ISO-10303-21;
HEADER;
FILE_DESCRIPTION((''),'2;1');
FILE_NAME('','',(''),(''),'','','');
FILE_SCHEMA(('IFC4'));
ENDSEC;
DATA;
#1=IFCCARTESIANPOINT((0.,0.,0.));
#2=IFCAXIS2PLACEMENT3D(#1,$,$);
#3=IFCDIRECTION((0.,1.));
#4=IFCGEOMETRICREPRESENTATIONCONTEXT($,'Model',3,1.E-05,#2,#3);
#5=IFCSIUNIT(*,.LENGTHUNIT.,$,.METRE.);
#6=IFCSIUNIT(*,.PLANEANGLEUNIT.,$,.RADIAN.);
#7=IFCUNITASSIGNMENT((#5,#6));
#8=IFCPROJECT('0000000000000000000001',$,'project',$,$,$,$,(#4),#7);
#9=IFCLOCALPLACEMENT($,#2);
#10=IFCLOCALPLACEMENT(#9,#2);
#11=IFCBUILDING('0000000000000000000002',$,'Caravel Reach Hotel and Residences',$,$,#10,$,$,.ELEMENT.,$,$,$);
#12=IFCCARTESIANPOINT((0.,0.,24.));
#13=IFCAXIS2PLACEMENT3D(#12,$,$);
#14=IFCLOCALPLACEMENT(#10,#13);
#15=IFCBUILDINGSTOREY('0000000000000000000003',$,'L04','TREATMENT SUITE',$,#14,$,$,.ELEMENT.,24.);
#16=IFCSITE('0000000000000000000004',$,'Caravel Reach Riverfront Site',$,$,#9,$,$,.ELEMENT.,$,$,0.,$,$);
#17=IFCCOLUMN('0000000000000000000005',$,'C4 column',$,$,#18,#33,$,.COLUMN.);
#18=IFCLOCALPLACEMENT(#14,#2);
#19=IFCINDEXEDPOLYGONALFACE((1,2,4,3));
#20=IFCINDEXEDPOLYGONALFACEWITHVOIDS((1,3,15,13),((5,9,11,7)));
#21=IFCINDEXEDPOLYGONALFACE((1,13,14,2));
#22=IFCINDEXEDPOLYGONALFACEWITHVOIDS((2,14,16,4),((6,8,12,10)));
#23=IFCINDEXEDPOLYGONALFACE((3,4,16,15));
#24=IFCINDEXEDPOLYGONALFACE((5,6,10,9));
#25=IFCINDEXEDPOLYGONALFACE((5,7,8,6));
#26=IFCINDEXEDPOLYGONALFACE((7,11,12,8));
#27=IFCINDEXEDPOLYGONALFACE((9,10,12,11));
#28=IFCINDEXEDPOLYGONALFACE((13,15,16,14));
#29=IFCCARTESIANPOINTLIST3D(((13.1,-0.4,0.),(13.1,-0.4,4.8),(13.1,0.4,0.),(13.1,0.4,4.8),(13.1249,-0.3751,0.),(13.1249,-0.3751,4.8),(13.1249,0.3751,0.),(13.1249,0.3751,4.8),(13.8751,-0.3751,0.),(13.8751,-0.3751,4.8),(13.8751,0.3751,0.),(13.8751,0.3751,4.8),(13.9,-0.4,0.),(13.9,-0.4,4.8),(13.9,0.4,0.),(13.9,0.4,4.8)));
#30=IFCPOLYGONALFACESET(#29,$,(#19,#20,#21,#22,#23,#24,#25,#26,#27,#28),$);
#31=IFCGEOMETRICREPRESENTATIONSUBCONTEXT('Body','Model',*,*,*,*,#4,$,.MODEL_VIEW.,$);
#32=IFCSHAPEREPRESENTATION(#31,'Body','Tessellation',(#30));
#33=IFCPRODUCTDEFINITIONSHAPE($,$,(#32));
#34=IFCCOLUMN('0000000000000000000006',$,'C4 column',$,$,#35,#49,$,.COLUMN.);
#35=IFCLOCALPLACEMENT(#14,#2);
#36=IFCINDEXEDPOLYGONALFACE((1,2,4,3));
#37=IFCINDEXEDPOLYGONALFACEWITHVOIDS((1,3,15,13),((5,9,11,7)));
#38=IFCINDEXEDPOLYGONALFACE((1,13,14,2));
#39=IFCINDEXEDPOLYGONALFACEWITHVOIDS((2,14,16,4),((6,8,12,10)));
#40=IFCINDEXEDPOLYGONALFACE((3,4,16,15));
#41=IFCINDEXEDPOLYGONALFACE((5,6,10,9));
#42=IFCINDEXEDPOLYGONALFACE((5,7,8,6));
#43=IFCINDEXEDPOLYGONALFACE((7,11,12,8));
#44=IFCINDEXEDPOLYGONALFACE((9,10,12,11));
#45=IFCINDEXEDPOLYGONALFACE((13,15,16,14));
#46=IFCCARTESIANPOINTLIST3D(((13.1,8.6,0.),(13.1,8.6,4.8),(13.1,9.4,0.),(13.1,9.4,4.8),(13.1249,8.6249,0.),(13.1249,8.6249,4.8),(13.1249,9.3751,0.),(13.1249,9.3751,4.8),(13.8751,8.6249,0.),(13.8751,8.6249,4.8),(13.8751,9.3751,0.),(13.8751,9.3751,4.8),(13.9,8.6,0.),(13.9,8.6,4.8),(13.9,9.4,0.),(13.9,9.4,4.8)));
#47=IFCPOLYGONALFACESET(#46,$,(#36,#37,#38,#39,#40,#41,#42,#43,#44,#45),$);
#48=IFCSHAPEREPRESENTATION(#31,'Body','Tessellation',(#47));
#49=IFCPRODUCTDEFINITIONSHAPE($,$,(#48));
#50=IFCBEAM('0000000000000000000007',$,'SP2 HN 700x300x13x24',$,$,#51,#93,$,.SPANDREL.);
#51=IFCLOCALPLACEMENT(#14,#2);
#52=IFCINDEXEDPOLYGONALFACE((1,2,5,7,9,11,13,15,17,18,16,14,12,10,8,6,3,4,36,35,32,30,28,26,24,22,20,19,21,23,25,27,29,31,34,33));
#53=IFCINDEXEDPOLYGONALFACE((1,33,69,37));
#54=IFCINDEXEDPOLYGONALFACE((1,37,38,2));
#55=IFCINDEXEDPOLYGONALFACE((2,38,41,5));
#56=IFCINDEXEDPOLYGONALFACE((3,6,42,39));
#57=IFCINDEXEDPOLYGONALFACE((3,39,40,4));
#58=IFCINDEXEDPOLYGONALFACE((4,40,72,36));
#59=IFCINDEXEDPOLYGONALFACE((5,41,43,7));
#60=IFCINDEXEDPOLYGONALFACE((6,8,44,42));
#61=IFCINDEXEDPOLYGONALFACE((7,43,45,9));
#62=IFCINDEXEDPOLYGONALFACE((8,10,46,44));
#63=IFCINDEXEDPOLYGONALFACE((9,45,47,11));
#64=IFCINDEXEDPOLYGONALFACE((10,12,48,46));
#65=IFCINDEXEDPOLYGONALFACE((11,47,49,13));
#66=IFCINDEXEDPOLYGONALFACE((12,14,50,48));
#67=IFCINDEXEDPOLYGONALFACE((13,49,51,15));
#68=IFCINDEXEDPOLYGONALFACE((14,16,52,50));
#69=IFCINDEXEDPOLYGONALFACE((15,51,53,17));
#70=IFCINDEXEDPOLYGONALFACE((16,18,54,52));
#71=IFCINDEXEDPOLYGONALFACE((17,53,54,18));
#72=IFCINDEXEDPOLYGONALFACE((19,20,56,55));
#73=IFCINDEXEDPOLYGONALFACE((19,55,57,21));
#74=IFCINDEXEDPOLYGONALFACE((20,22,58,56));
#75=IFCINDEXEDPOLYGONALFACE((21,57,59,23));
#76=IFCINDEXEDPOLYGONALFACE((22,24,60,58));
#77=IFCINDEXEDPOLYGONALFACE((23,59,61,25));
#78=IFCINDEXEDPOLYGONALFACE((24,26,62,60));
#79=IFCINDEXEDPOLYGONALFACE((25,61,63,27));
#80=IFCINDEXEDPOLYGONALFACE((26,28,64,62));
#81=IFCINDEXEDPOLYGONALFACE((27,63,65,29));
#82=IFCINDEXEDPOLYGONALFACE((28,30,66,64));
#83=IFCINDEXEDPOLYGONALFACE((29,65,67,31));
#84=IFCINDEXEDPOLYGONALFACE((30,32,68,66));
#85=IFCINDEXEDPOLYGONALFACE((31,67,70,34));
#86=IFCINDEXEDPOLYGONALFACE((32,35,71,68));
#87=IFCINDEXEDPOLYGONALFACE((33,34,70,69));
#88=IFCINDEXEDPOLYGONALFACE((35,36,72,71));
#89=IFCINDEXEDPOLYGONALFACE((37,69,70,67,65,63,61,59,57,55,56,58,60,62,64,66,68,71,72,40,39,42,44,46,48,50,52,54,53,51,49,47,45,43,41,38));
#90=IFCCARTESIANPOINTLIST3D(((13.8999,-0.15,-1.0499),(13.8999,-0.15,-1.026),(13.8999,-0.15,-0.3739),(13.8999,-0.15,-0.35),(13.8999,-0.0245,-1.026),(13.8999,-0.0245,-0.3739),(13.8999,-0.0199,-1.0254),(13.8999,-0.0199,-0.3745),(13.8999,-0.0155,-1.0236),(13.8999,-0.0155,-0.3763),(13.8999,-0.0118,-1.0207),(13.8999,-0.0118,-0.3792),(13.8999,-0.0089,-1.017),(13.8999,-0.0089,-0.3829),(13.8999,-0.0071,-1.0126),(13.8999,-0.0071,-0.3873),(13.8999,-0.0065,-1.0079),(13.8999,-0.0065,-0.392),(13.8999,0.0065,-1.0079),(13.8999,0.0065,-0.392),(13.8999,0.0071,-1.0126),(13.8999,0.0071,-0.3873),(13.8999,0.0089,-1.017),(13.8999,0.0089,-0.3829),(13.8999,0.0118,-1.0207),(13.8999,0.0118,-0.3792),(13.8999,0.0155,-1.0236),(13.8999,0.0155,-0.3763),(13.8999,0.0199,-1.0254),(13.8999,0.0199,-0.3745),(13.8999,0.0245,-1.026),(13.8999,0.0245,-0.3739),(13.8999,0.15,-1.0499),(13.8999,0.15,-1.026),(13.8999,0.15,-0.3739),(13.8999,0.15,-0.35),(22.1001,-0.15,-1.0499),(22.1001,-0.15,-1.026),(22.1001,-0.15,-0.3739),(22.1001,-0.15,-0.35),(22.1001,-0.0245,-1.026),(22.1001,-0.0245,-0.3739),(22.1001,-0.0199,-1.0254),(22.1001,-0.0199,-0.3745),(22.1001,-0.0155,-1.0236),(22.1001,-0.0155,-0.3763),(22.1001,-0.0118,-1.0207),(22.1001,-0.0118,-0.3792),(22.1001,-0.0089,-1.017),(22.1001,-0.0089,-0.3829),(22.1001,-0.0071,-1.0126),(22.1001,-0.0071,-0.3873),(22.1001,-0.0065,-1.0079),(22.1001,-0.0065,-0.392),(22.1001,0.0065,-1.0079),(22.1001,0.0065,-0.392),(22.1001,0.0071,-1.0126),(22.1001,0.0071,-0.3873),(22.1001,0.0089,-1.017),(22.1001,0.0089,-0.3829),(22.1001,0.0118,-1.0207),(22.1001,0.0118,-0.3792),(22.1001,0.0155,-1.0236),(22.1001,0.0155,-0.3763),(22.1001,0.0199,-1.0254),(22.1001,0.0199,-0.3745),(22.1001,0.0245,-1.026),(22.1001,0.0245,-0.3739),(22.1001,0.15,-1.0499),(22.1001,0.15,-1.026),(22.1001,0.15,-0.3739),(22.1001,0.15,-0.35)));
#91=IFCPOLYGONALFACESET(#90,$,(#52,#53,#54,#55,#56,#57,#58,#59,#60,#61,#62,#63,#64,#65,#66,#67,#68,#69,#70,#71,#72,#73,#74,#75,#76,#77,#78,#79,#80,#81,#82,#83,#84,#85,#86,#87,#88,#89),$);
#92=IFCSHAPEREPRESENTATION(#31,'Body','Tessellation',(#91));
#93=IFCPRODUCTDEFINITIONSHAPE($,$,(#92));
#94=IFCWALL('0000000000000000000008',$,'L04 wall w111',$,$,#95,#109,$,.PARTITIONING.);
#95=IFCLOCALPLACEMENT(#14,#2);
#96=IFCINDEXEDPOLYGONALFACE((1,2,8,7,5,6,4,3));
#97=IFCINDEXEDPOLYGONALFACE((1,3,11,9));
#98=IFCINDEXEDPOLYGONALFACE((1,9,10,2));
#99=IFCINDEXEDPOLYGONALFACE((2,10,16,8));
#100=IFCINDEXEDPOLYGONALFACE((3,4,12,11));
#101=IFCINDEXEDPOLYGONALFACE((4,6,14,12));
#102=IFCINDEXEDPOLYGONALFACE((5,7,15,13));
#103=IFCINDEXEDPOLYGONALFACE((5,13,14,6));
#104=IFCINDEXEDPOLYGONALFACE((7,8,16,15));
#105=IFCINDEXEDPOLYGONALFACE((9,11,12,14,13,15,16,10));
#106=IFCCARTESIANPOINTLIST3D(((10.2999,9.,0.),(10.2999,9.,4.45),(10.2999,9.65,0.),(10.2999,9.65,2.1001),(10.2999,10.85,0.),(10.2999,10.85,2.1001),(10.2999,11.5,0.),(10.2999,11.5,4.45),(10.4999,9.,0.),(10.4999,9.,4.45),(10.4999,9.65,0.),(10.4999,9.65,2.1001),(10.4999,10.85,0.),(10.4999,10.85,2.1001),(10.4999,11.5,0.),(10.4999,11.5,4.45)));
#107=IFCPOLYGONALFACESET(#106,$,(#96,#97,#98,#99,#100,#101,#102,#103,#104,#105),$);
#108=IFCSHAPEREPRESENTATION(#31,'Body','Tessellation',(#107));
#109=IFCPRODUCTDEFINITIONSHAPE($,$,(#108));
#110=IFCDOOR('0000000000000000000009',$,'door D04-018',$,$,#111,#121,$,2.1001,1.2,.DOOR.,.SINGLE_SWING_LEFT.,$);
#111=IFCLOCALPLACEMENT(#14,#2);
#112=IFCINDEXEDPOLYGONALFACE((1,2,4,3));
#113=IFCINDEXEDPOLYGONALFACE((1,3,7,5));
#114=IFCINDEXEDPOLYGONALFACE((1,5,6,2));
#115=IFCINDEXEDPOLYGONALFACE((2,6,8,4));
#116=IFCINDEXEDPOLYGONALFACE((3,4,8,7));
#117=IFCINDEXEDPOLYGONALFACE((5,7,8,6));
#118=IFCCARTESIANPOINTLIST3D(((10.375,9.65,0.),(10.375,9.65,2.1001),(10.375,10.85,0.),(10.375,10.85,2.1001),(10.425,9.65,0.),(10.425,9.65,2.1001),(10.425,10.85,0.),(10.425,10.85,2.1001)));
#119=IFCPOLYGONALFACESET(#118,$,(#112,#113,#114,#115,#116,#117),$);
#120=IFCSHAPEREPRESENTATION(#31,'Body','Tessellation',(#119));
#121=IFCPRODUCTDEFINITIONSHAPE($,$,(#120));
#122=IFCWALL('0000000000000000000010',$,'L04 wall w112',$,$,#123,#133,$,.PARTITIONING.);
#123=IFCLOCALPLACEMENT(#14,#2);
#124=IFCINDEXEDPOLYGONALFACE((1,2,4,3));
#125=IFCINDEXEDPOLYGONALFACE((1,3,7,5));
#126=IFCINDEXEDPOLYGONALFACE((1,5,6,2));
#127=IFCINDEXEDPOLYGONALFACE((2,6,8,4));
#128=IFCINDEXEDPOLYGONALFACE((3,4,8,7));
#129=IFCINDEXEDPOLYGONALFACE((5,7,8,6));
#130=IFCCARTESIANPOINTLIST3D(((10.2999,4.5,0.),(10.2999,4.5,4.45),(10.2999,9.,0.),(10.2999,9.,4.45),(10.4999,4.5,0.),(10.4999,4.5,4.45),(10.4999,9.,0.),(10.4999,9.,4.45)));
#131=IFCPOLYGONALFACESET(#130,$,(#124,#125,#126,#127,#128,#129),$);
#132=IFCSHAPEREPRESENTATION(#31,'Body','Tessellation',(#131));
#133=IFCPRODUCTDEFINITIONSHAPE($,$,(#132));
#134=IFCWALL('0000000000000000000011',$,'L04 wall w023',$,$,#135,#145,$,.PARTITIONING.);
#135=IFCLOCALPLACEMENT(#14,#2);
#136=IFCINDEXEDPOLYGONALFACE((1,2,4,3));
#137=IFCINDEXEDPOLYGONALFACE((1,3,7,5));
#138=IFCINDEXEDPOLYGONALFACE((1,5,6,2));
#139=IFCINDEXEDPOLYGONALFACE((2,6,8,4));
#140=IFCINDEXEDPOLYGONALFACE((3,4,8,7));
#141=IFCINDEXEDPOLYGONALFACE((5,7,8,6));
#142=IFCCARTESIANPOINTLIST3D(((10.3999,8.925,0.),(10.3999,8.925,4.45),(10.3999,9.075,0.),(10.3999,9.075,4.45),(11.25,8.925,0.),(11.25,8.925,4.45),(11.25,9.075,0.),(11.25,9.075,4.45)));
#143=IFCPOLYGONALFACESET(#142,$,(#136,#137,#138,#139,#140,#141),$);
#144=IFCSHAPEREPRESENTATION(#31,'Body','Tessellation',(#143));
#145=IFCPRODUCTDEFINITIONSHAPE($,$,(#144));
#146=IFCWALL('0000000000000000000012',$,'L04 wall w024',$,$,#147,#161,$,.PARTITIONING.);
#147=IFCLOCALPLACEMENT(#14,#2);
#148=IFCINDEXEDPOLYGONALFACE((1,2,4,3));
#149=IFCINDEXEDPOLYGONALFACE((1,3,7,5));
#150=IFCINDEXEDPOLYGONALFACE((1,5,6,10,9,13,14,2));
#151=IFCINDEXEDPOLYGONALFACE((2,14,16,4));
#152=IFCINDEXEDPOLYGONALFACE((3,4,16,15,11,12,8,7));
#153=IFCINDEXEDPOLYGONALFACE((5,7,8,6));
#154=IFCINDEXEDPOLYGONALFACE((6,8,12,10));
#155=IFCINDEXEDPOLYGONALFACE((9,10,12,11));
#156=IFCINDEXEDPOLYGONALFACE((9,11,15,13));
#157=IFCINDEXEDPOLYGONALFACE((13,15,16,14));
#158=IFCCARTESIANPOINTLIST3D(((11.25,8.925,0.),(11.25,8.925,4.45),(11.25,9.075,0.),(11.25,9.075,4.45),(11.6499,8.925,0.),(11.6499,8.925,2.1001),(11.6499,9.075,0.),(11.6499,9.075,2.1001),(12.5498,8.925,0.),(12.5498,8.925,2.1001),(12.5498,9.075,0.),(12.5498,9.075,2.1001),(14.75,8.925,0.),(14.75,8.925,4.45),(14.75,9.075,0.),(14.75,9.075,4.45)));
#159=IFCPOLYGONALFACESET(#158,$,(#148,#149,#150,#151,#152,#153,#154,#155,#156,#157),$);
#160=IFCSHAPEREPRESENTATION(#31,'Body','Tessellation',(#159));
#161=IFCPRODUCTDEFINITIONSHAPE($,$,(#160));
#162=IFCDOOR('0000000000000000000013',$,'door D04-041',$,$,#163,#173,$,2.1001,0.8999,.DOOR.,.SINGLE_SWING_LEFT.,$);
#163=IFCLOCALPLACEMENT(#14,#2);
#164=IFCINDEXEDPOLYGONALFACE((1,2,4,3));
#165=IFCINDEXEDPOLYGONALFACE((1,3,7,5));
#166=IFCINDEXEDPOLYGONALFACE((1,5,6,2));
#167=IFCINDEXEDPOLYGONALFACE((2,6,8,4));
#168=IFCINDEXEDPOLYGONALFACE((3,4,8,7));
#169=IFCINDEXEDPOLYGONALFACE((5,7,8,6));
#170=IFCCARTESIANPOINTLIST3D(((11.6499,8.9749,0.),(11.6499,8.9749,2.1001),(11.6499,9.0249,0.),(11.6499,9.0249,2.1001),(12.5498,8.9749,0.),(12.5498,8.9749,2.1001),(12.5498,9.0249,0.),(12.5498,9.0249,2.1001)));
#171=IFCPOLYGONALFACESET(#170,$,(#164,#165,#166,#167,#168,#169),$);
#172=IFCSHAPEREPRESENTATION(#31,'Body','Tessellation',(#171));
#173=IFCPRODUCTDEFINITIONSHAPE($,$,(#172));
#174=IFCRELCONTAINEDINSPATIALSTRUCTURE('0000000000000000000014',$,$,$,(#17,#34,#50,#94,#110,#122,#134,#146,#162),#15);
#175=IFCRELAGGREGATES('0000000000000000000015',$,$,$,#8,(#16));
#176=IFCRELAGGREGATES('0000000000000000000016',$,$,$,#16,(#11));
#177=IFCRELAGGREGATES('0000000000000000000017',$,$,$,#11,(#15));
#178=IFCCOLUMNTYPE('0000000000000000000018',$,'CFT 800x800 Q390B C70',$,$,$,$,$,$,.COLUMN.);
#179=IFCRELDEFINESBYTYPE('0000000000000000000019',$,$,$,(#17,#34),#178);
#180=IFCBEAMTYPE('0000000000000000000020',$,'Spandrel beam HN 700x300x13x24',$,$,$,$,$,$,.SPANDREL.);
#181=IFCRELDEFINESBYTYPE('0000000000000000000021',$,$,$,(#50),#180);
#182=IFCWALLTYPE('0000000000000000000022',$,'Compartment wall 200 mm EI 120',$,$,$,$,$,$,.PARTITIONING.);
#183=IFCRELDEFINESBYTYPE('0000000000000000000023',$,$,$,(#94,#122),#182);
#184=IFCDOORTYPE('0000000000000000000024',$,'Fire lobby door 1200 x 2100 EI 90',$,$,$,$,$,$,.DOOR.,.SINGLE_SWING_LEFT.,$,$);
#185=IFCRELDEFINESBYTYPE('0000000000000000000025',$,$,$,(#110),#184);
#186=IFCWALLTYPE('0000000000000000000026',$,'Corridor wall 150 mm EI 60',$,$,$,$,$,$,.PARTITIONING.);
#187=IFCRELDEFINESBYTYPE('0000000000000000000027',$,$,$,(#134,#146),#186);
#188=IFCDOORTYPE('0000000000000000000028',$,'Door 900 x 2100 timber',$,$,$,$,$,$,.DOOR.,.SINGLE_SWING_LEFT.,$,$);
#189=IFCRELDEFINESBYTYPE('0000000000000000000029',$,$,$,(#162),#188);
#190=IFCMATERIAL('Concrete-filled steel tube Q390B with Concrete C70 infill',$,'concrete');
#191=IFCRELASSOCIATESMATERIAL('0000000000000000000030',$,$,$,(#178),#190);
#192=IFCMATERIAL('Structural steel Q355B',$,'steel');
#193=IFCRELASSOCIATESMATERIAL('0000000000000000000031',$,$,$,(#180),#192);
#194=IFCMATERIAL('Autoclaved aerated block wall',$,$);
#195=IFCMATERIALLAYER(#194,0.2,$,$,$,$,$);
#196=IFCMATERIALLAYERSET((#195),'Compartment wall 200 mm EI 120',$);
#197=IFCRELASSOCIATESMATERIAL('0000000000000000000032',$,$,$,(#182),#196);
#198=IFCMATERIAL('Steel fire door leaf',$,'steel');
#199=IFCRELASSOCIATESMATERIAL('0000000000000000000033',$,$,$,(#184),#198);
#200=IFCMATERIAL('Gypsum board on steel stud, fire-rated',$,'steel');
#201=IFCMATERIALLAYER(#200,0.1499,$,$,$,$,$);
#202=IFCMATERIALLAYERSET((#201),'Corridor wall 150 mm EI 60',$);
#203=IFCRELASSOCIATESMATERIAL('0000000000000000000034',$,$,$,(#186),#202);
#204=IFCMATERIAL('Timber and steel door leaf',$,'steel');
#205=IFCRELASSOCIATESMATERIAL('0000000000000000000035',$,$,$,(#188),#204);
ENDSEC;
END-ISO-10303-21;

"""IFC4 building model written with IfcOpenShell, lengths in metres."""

from ifc_helpers import new_model, si_unit, direction, frame, frame_2d, origin, origin_2d, place, context, subcontext, project, spatial, rectangle, hollow_rectangle, i_section, extrude, material, layer, layer_set, material_profile, profile_set, type_object, element, fill, save


model = new_model("IFC4")

# Units and contexts
model_context = context("Model", 3, precision=1e-05, world=origin(), true_north=direction((0.0, 1.0)))
body_context = subcontext(model_context, "Body", "Model", "MODEL_VIEW")
ifc_project = project(units=[si_unit("LENGTHUNIT", "METRE"), si_unit("PLANEANGLEUNIT", "RADIAN")], contexts=[model_context])

# Site, building, storey
site_placement = place(None, origin())
site = spatial("IfcSite", under=ifc_project, at=site_placement, Name="Caravel Reach Riverfront Site", CompositionType="ELEMENT", RefElevation=0.0)
building_placement = place(site_placement, origin())
building = spatial("IfcBuilding", under=site, at=building_placement, Name="Caravel Reach Hotel and Residences", CompositionType="ELEMENT")
storey_placement = place(building_placement, frame((0.0, 0.0, 24.0)))
storey = spatial("IfcBuildingStorey", under=building, at=storey_placement, Name="L04", Description="TREATMENT SUITE", CompositionType="ELEMENT", Elevation=24.0)

# Columns
ifc_material_1 = material(Name="Concrete-filled steel tube Q390B with Concrete C70 infill", Category="concrete")
ifc_material_profile_1 = material_profile(ifc_material_1, hollow_rectangle(XDim=0.8, YDim=0.8, WallThickness=0.0249, at=origin_2d()), Name="RHS 800x800x25")
ifc_profile_set_1 = profile_set([ifc_material_profile_1], Name="Concrete-filled steel tube Q390B with Concrete C70 infill")
column_type = type_object("IfcColumnType", Name="CFT 800x800 Q390B C70", PredefinedType="COLUMN", material=ifc_profile_set_1)
for number, where, z_axis, x_axis, name in (
    (1, (13.5, 0.0, 0.0), (0.0, 0.0, 1.0), (1.0, 0.0, 0.0), "C4 column"),
    (2, (13.5, 9.0, 0.0), (0.0, 0.0, 1.0), (1.0, 0.0, 0.0), "C4 column"),
):
    element("IfcColumn", number, at=place(storey_placement, frame(where, z_axis=z_axis, x_axis=x_axis)), inside=storey, type_object=column_type, Name=name, PredefinedType="COLUMN", context=body_context, shape_type="SweptSolid", body=[
        extrude(hollow_rectangle(XDim=0.8, YDim=0.8, WallThickness=0.0249, at=origin_2d()), origin(), (0.0, 0.0, 1.0), 4.8),
    ])

# Beam
ifc_material_2 = material(Name="Structural steel Q355B", Category="steel")
ifc_material_profile_2 = material_profile(ifc_material_2, i_section(OverallWidth=0.3, OverallDepth=0.7, WebThickness=0.0129, FlangeThickness=0.0239, FilletRadius=0.0181, at=origin_2d()), Name="HN 700x300x13x24")
ifc_profile_set_2 = profile_set([ifc_material_profile_2], Name="Structural steel Q355B")
beam_type = type_object("IfcBeamType", Name="Spandrel beam HN 700x300x13x24", PredefinedType="SPANDREL", material=ifc_profile_set_2)
beam_placement = place(storey_placement, frame((13.8999, 0.0, -0.7), z_axis=(1.0, 0.0, 0.0), x_axis=(0.0, 1.0, 0.0)))
element("IfcBeam", 3, at=beam_placement, inside=storey, type_object=beam_type, Name="SP2 HN 700x300x13x24", PredefinedType="SPANDREL", context=body_context, shape_type="SweptSolid", body=[
    extrude(i_section(OverallWidth=0.3, OverallDepth=0.7, WebThickness=0.0129, FlangeThickness=0.0239, FilletRadius=0.0181, at=origin_2d()), origin(), (0.0, 0.0, 1.0), 8.2002),
])

# Wall, opening, door
ifc_material_3 = material(Name="Autoclaved aerated block wall")
ifc_layer_1 = layer(ifc_material_3, 0.2)
ifc_layer_set_1 = layer_set([ifc_layer_1], Name="Compartment wall 200 mm EI 120")
wall_type_1 = type_object("IfcWallType", Name="Compartment wall 200 mm EI 120", PredefinedType="PARTITIONING", material=ifc_layer_set_1)
wall_1_placement = place(storey_placement, frame((10.3999, 9.0, 0.0), z_axis=(0.0, 0.0, 1.0), x_axis=(0.0, 1.0, 0.0)))
wall_1 = element("IfcWall", 4, at=wall_1_placement, inside=storey, type_object=wall_type_1, Name="L04 wall w111", PredefinedType="PARTITIONING", context=body_context, shape_type="SweptSolid", body=[
    extrude(rectangle(XDim=2.5, YDim=0.2, at=frame_2d((1.25, 0.0))), origin(), (0.0, 0.0, 1.0), 4.45),
])
opening_1_placement = place(wall_1_placement, frame((0.6499, 0.0, 0.0)))
opening_1 = element("IfcOpeningElement", 5, at=opening_1_placement, cuts=wall_1, PredefinedType="OPENING", context=body_context, shape_type="SweptSolid", body=[
    extrude(rectangle(XDim=1.2, YDim=2.1001, at=frame_2d((0.6001, 1.05))), frame((0.0, 0.1099, 0.0), z_axis=(0.0, -1.0, 0.0), x_axis=(1.0, 0.0, 0.0)), (0.0, 0.0, 1.0), 0.22),
])
ifc_material_4 = material(Name="Steel fire door leaf", Category="steel")
door_type_1 = type_object("IfcDoorType", Name="Fire lobby door 1200 x 2100 EI 90", OperationType="SINGLE_SWING_LEFT", PredefinedType="DOOR", material=ifc_material_4)
door_1_placement = place(opening_1_placement, origin())
door_1 = element("IfcDoor", 6, at=door_1_placement, inside=storey, type_object=door_type_1, Name="door D04-018", OperationType="SINGLE_SWING_LEFT", OverallHeight=2.1001, OverallWidth=1.2, PredefinedType="DOOR", context=body_context, shape_type="SweptSolid", body=[
    extrude(rectangle(XDim=1.2, YDim=2.1001, at=frame_2d((0.6001, 1.05))), frame((0.0, 0.0249, 0.0), z_axis=(0.0, -1.0, 0.0), x_axis=(1.0, 0.0, 0.0)), (0.0, 0.0, 1.0), 0.05),
])
fill(opening_1, door_1)

# Walls
wall_2_placement = place(storey_placement, frame((10.3999, 4.5, 0.0), z_axis=(0.0, 0.0, 1.0), x_axis=(0.0, 1.0, 0.0)))
element("IfcWall", 7, at=wall_2_placement, inside=storey, type_object=wall_type_1, Name="L04 wall w112", PredefinedType="PARTITIONING", context=body_context, shape_type="SweptSolid", body=[
    extrude(rectangle(XDim=4.5, YDim=0.2, at=frame_2d((2.25, 0.0))), origin(), (0.0, 0.0, 1.0), 4.45),
])
ifc_material_5 = material(Name="Gypsum board on steel stud, fire-rated", Category="steel")
ifc_layer_2 = layer(ifc_material_5, 0.1499)
ifc_layer_set_2 = layer_set([ifc_layer_2], Name="Corridor wall 150 mm EI 60")
wall_type_2 = type_object("IfcWallType", Name="Corridor wall 150 mm EI 60", PredefinedType="PARTITIONING", material=ifc_layer_set_2)
wall_3_placement = place(storey_placement, frame((10.3999, 9.0, 0.0), z_axis=(0.0, 0.0, 1.0), x_axis=(1.0, 0.0, 0.0)))
element("IfcWall", 8, at=wall_3_placement, inside=storey, type_object=wall_type_2, Name="L04 wall w023", PredefinedType="PARTITIONING", context=body_context, shape_type="SweptSolid", body=[
    extrude(rectangle(XDim=0.8501, YDim=0.1499, at=frame_2d((0.425, 0.0))), origin(), (0.0, 0.0, 1.0), 4.45),
])

# Wall, opening, door
wall_4_placement = place(storey_placement, frame((11.25, 9.0, 0.0), z_axis=(0.0, 0.0, 1.0), x_axis=(1.0, 0.0, 0.0)))
wall_4 = element("IfcWall", 9, at=wall_4_placement, inside=storey, type_object=wall_type_2, Name="L04 wall w024", PredefinedType="PARTITIONING", context=body_context, shape_type="SweptSolid", body=[
    extrude(rectangle(XDim=3.5, YDim=0.1499, at=frame_2d((1.75, 0.0))), origin(), (0.0, 0.0, 1.0), 4.45),
])
opening_2_placement = place(wall_4_placement, frame((0.3999, 0.0, 0.0)))
opening_2 = element("IfcOpeningElement", 10, at=opening_2_placement, cuts=wall_4, PredefinedType="OPENING", context=body_context, shape_type="SweptSolid", body=[
    extrude(rectangle(XDim=0.8999, YDim=2.1001, at=frame_2d((0.45, 1.05))), frame((0.0, 0.085, 0.0), z_axis=(0.0, -1.0, 0.0), x_axis=(1.0, 0.0, 0.0)), (0.0, 0.0, 1.0), 0.1699),
])
ifc_material_6 = material(Name="Timber and steel door leaf", Category="steel")
door_type_2 = type_object("IfcDoorType", Name="Door 900 x 2100 timber", OperationType="SINGLE_SWING_LEFT", PredefinedType="DOOR", material=ifc_material_6)
door_2_placement = place(opening_2_placement, origin())
door_2 = element("IfcDoor", 11, at=door_2_placement, inside=storey, type_object=door_type_2, Name="door D04-041", OperationType="SINGLE_SWING_LEFT", OverallHeight=2.1001, OverallWidth=0.8999, PredefinedType="DOOR", context=body_context, shape_type="SweptSolid", body=[
    extrude(rectangle(XDim=0.8999, YDim=2.1001, at=frame_2d((0.45, 1.05))), frame((0.0, 0.0249, 0.0), z_axis=(0.0, -1.0, 0.0), x_axis=(1.0, 0.0, 0.0)), (0.0, 0.0, 1.0), 0.05),
])
fill(opening_2, door_2)

save(model, "model.ifc")
